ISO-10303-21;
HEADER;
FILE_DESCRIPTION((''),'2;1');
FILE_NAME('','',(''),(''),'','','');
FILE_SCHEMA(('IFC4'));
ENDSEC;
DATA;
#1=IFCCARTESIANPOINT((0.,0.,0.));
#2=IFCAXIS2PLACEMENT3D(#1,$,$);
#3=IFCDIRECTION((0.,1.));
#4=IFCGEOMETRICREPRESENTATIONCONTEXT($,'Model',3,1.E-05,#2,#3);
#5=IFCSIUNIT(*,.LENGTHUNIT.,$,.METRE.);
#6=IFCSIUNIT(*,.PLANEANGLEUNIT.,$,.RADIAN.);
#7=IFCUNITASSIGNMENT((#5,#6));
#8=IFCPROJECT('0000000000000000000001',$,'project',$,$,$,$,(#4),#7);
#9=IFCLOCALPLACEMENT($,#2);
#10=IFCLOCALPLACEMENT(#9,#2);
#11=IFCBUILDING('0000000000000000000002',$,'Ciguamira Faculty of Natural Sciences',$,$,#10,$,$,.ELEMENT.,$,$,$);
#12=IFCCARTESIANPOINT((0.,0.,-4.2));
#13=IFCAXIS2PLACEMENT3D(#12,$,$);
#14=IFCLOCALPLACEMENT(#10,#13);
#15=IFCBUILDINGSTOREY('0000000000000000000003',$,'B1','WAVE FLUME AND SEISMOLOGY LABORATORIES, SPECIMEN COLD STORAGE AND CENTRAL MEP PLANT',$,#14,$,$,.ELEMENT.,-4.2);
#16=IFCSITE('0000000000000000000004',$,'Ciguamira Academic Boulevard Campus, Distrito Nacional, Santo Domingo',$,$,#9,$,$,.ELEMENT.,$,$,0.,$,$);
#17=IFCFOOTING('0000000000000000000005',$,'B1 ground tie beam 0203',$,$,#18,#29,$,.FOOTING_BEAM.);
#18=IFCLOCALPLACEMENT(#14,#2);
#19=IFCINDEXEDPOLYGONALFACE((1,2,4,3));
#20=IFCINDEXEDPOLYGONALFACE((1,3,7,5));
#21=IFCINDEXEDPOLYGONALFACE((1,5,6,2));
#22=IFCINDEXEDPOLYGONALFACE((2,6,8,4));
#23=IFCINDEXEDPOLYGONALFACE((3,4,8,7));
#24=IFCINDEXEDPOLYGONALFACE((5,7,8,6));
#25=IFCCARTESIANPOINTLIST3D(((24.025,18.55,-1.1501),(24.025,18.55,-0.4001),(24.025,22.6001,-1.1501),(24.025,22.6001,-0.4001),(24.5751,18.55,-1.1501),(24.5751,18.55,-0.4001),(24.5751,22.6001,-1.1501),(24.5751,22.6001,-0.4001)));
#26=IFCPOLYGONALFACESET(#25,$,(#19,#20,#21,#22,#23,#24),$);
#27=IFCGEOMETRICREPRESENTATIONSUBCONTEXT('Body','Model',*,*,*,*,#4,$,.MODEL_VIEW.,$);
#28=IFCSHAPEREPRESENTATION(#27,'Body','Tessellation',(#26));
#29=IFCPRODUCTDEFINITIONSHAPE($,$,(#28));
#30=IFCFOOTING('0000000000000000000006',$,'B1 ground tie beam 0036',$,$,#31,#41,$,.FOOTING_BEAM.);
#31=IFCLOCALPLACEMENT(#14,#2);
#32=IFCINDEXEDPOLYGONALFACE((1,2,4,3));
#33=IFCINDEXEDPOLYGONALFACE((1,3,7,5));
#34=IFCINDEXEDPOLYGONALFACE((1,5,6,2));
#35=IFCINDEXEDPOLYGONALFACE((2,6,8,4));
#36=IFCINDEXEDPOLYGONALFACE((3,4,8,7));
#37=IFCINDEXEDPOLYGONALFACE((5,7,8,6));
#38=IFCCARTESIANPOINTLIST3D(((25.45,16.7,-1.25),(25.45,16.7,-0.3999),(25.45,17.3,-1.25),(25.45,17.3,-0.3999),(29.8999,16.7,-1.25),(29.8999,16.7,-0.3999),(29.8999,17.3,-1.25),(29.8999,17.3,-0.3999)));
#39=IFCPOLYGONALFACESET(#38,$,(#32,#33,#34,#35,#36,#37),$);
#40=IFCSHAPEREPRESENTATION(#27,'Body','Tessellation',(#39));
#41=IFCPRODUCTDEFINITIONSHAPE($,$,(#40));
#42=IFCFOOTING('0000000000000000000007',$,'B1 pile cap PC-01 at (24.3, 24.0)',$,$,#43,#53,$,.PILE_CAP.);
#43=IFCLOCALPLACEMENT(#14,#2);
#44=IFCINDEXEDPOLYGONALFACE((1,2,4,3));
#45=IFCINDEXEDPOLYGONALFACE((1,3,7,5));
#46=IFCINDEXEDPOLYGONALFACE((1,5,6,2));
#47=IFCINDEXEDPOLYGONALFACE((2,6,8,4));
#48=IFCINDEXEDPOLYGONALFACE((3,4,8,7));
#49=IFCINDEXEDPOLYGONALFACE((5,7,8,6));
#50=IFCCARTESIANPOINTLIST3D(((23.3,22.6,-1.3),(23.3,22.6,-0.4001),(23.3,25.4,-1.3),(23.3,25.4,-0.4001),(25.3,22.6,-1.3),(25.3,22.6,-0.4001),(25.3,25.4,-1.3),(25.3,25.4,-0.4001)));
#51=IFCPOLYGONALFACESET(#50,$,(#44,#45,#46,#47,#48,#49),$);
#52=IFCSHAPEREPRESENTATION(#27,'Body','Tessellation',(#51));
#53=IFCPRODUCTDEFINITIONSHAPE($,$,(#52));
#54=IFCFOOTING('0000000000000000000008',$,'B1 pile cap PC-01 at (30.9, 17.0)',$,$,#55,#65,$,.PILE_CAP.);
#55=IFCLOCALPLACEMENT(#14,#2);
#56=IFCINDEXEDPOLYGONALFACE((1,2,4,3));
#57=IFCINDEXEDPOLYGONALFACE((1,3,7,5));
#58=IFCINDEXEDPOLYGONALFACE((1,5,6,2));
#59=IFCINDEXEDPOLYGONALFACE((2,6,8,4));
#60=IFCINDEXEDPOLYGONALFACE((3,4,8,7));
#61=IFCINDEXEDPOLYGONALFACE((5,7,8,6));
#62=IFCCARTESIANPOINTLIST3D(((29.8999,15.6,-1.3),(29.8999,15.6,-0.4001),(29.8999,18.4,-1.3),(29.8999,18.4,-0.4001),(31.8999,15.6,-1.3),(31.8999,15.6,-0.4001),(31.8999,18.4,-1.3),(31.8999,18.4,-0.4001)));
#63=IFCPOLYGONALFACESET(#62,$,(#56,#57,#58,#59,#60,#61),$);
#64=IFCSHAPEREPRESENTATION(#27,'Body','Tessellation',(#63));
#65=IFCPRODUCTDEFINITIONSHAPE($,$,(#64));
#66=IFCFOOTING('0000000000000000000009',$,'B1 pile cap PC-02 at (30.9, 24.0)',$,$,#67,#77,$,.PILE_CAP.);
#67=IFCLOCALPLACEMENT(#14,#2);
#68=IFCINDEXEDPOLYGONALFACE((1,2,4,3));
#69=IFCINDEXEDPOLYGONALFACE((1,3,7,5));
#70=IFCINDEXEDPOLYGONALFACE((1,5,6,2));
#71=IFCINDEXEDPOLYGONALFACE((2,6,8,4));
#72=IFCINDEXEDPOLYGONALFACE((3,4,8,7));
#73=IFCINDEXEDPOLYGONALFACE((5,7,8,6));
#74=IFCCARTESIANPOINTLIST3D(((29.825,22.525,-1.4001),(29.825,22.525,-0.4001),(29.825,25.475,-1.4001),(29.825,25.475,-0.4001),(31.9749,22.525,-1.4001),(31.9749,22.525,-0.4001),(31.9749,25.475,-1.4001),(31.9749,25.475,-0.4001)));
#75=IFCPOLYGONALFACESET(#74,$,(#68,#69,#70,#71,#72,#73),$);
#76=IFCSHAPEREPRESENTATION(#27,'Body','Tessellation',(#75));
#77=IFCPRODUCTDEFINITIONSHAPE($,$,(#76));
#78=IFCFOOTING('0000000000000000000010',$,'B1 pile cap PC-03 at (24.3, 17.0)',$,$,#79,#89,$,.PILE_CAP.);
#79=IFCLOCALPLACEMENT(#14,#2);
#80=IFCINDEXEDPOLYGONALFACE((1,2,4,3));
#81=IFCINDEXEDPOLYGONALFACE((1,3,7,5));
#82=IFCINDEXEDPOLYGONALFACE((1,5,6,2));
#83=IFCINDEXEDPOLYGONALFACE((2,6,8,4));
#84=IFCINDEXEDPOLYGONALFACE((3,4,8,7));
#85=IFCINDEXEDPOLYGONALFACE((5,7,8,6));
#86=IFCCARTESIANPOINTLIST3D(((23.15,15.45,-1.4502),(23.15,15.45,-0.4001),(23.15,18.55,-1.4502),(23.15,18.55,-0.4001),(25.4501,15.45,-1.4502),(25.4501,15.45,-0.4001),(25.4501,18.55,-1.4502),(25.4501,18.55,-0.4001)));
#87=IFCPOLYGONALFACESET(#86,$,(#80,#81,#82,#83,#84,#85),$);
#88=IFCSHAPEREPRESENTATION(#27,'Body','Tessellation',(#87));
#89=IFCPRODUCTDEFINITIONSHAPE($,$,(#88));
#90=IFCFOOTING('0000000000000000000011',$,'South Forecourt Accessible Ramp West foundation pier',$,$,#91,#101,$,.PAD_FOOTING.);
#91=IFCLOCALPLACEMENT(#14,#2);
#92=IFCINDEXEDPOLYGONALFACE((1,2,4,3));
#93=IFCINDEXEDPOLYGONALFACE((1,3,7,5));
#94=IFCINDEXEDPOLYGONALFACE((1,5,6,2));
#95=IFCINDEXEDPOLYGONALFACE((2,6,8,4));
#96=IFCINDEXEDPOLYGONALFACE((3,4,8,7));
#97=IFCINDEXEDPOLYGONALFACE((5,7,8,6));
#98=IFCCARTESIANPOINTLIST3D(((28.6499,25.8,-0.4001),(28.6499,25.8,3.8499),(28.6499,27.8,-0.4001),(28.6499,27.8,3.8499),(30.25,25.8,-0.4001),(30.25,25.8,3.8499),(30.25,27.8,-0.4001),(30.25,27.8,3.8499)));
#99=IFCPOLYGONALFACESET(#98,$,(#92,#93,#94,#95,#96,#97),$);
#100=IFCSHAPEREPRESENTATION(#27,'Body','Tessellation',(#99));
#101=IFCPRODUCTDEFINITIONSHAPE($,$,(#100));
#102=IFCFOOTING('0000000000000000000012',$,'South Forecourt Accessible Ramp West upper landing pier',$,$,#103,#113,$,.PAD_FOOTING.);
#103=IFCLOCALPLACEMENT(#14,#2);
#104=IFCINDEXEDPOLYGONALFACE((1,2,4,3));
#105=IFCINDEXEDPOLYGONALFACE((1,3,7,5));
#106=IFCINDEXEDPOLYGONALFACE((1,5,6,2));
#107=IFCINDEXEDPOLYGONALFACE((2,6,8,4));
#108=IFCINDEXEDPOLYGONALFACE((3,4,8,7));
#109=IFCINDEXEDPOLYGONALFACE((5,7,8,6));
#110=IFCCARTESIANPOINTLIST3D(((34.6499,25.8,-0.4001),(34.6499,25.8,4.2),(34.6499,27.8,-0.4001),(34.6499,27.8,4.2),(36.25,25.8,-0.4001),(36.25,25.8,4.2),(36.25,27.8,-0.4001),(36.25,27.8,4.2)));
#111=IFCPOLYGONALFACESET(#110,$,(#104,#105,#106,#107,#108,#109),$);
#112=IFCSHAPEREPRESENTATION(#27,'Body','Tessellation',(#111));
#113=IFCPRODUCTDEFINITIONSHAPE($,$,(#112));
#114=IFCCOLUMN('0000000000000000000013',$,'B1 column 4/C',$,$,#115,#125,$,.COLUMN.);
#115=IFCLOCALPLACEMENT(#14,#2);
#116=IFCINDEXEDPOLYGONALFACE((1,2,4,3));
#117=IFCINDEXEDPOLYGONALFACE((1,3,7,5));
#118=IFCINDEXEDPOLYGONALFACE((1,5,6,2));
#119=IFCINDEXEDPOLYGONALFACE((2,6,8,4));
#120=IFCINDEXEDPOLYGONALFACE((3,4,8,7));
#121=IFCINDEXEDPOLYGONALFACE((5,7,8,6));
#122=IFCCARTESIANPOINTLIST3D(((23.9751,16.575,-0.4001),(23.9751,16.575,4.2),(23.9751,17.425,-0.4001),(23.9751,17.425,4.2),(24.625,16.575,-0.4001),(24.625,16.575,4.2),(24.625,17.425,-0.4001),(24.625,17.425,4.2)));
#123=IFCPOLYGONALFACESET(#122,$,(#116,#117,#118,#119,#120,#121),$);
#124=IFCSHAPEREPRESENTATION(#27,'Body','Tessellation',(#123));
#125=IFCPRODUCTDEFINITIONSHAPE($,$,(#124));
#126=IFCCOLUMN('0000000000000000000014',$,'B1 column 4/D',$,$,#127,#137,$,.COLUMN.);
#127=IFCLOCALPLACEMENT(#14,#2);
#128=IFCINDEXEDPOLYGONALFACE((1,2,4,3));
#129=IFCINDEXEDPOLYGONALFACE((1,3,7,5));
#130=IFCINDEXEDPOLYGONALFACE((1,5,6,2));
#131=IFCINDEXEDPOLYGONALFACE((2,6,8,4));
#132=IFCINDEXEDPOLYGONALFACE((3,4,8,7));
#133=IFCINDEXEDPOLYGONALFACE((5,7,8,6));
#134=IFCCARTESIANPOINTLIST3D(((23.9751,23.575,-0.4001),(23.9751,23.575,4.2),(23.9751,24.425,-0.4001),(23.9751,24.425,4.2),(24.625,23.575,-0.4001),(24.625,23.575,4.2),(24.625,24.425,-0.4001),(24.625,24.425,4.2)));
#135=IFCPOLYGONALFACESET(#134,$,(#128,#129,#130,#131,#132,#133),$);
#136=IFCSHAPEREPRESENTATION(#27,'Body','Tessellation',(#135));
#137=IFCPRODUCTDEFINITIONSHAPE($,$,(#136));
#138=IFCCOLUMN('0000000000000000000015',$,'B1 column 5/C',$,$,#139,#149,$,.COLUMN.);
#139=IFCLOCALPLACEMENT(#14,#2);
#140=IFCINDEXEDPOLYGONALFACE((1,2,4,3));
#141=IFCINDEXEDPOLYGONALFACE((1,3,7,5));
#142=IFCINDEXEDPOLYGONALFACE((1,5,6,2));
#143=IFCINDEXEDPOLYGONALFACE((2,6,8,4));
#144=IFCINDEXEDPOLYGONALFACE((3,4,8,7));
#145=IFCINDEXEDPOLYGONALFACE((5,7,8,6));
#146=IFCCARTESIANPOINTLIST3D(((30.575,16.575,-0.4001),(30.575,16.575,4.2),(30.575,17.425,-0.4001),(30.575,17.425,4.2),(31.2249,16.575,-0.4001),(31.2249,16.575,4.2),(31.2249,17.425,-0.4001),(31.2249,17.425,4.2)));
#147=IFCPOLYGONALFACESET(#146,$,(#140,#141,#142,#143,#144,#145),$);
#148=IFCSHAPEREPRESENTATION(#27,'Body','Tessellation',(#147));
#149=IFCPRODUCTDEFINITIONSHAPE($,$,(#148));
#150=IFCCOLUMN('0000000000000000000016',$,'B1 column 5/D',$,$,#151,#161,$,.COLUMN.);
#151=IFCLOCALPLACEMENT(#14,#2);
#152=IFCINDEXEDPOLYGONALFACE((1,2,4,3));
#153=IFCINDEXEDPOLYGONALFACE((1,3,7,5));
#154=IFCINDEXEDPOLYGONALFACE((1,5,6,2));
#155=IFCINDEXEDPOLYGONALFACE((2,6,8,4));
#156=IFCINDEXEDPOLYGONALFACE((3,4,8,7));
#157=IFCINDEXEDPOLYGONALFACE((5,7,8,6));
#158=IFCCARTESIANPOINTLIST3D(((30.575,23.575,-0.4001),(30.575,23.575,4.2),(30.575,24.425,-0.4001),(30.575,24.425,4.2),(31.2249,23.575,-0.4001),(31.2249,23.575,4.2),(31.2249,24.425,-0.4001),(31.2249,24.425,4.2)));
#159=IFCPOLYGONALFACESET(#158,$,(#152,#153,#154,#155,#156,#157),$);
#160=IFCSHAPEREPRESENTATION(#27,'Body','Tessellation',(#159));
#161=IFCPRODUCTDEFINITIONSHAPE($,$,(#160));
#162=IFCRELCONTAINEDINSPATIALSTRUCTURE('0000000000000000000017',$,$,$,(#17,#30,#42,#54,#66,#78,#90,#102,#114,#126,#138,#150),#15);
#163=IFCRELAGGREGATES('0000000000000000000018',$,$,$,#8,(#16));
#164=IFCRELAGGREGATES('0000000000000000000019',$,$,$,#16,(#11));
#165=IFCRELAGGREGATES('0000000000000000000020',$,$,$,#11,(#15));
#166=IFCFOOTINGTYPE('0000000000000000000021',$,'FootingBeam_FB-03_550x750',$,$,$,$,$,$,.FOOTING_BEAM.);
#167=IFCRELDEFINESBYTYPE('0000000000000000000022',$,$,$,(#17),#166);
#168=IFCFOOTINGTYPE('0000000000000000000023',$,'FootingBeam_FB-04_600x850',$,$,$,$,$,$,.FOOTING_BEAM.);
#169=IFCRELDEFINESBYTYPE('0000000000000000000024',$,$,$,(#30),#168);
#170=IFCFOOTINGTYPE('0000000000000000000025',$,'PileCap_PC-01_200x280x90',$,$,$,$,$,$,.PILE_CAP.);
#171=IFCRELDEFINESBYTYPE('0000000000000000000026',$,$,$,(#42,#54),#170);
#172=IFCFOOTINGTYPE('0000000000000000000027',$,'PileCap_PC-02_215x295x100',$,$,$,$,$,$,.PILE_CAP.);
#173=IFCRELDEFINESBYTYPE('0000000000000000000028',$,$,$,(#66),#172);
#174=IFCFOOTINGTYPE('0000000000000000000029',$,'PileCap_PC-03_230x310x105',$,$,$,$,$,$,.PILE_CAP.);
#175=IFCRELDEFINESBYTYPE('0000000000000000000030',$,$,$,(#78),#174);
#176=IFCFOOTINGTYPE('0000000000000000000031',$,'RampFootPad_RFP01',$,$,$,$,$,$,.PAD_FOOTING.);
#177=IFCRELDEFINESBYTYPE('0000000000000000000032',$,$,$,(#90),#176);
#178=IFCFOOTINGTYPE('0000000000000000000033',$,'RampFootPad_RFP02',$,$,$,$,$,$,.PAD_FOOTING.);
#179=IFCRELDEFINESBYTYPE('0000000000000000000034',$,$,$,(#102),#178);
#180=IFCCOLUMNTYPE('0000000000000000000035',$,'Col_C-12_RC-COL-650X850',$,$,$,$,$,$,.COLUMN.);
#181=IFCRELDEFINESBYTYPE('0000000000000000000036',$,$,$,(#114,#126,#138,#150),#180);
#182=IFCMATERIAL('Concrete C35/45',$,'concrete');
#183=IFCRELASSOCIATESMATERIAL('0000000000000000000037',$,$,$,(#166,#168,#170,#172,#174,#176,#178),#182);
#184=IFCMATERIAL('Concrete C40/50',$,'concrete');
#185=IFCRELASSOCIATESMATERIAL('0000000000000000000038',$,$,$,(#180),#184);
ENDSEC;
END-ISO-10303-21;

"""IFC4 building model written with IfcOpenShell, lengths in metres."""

from ifc_helpers import new_model, si_unit, direction, frame, origin, origin_2d, place, context, subcontext, project, spatial, rectangle, extrude, material, material_profile, profile_set, type_object, element, save


model = new_model("IFC4")

# Units and contexts
model_context = context("Model", 3, precision=1e-05, world=origin(), true_north=direction((0.0, 1.0)))
body_context = subcontext(model_context, "Body", "Model", "MODEL_VIEW")
ifc_project = project(units=[si_unit("LENGTHUNIT", "METRE"), si_unit("PLANEANGLEUNIT", "RADIAN")], contexts=[model_context])

# Site, building, storey
site_placement = place(None, origin())
site = spatial("IfcSite", under=ifc_project, at=site_placement, Name="Ciguamira Academic Boulevard Campus, Distrito Nacional, Santo Domingo", CompositionType="ELEMENT", RefElevation=0.0)
building_placement = place(site_placement, origin())
building = spatial("IfcBuilding", under=site, at=building_placement, Name="Ciguamira Faculty of Natural Sciences", CompositionType="ELEMENT")
storey_placement = place(building_placement, frame((0.0, 0.0, -4.2)))
storey = spatial("IfcBuildingStorey", under=building, at=storey_placement, Name="B1", Description="WAVE FLUME AND SEISMOLOGY LABORATORIES, SPECIMEN COLD STORAGE AND CENTRAL MEP PLANT", CompositionType="ELEMENT", Elevation=-4.2)

# Shared definitions
ifc_material_1 = material(Name="Concrete C35/45", Category="concrete")

# Footings
ifc_material_profile_1 = material_profile(ifc_material_1, rectangle(XDim=0.55, YDim=0.75, at=origin_2d()), Name="RC-FB-550X750")
ifc_profile_set_1 = profile_set([ifc_material_profile_1], Name="Concrete C35/45")
footing_type_1 = type_object("IfcFootingType", Name="FootingBeam_FB-03_550x750", PredefinedType="FOOTING_BEAM", material=ifc_profile_set_1)
footing_1_placement = place(storey_placement, frame((24.3, 18.55, -0.7751), z_axis=(0.0, 1.0, 0.0), x_axis=(-1.0, 0.0, 0.0)))
element("IfcFooting", 1, at=footing_1_placement, inside=storey, type_object=footing_type_1, Name="B1 ground tie beam 0203", PredefinedType="FOOTING_BEAM", context=body_context, shape_type="SweptSolid", body=[
    extrude(rectangle(XDim=0.55, YDim=0.75, at=origin_2d()), origin(), (0.0, 0.0, 1.0), 4.05),
])
ifc_material_profile_2 = material_profile(ifc_material_1, rectangle(XDim=0.6001, YDim=0.8501, at=origin_2d()), Name="RC-FB-600X850")
ifc_profile_set_2 = profile_set([ifc_material_profile_2], Name="Concrete C35/45")
footing_type_2 = type_object("IfcFootingType", Name="FootingBeam_FB-04_600x850", PredefinedType="FOOTING_BEAM", material=ifc_profile_set_2)
footing_2_placement = place(storey_placement, frame((25.45, 17.0, -0.825), z_axis=(1.0, 0.0, 0.0), x_axis=(0.0, 1.0, 0.0)))
element("IfcFooting", 2, at=footing_2_placement, inside=storey, type_object=footing_type_2, Name="B1 ground tie beam 0036", PredefinedType="FOOTING_BEAM", context=body_context, shape_type="SweptSolid", body=[
    extrude(rectangle(XDim=0.6001, YDim=0.8501, at=origin_2d()), origin(), (0.0, 0.0, 1.0), 4.45),
])
footing_type_3 = type_object("IfcFootingType", Name="PileCap_PC-01_200x280x90", PredefinedType="PILE_CAP", material=ifc_material_1)
for number, where, z_axis, x_axis, name in (
    (3, (24.3, 24.0, -1.3), (0.0, 0.0, 1.0), (1.0, 0.0, 0.0), "B1 pile cap PC-01 at (24.3, 24.0)"),
    (4, (30.8999, 17.0, -1.3), (0.0, 0.0, 1.0), (1.0, 0.0, 0.0), "B1 pile cap PC-01 at (30.9, 17.0)"),
):
    element("IfcFooting", number, at=place(storey_placement, frame(where, z_axis=z_axis, x_axis=x_axis)), inside=storey, type_object=footing_type_3, Name=name, PredefinedType="PILE_CAP", context=body_context, shape_type="SweptSolid", body=[
        extrude(rectangle(XDim=2.0, YDim=2.8, at=origin_2d()), origin(), (0.0, 0.0, 1.0), 0.8999),
    ])
footing_type_4 = type_object("IfcFootingType", Name="PileCap_PC-02_215x295x100", PredefinedType="PILE_CAP", material=ifc_material_1)
footing_3_placement = place(storey_placement, frame((30.8999, 24.0, -1.4001), z_axis=(0.0, 0.0, 1.0), x_axis=(1.0, 0.0, 0.0)))
element("IfcFooting", 5, at=footing_3_placement, inside=storey, type_object=footing_type_4, Name="B1 pile cap PC-02 at (30.9, 24.0)", PredefinedType="PILE_CAP", context=body_context, shape_type="SweptSolid", body=[
    extrude(rectangle(XDim=2.1499, YDim=2.95, at=origin_2d()), origin(), (0.0, 0.0, 1.0), 1.0),
])
footing_type_5 = type_object("IfcFootingType", Name="PileCap_PC-03_230x310x105", PredefinedType="PILE_CAP", material=ifc_material_1)
footing_4_placement = place(storey_placement, frame((24.3, 17.0, -1.4502), z_axis=(0.0, 0.0, 1.0), x_axis=(1.0, 0.0, 0.0)))
element("IfcFooting", 6, at=footing_4_placement, inside=storey, type_object=footing_type_5, Name="B1 pile cap PC-03 at (24.3, 17.0)", PredefinedType="PILE_CAP", context=body_context, shape_type="SweptSolid", body=[
    extrude(rectangle(XDim=2.3, YDim=3.1001, at=origin_2d()), origin(), (0.0, 0.0, 1.0), 1.05),
])
footing_type_6 = type_object("IfcFootingType", Name="RampFootPad_RFP01", PredefinedType="PAD_FOOTING", material=ifc_material_1)
footing_5_placement = place(storey_placement, frame((29.45, 26.8, -0.4001), z_axis=(0.0, 0.0, 1.0), x_axis=(1.0, 0.0, 0.0)))
element("IfcFooting", 7, at=footing_5_placement, inside=storey, type_object=footing_type_6, Name="South Forecourt Accessible Ramp West foundation pier", PredefinedType="PAD_FOOTING", context=body_context, shape_type="SweptSolid", body=[
    extrude(rectangle(XDim=1.6001, YDim=2.0, at=origin_2d()), origin(), (0.0, 0.0, 1.0), 4.25),
])
footing_type_7 = type_object("IfcFootingType", Name="RampFootPad_RFP02", PredefinedType="PAD_FOOTING", material=ifc_material_1)
footing_6_placement = place(storey_placement, frame((35.45, 26.8, -0.4001), z_axis=(0.0, 0.0, 1.0), x_axis=(1.0, 0.0, 0.0)))
element("IfcFooting", 8, at=footing_6_placement, inside=storey, type_object=footing_type_7, Name="South Forecourt Accessible Ramp West upper landing pier", PredefinedType="PAD_FOOTING", context=body_context, shape_type="SweptSolid", body=[
    extrude(rectangle(XDim=1.6001, YDim=2.0, at=origin_2d()), origin(), (0.0, 0.0, 1.0), 4.6001),
])

# Columns
ifc_material_2 = material(Name="Concrete C40/50", Category="concrete")
ifc_material_profile_3 = material_profile(ifc_material_2, rectangle(XDim=0.6499, YDim=0.8501, at=origin_2d()), Name="RC-COL-650X850")
ifc_profile_set_3 = profile_set([ifc_material_profile_3], Name="Concrete C40/50")
column_type = type_object("IfcColumnType", Name="Col_C-12_RC-COL-650X850", PredefinedType="COLUMN", material=ifc_profile_set_3)
for number, where, z_axis, x_axis, name in (
    (9, (24.3, 17.0, -0.4001), (0.0, 0.0, 1.0), (1.0, 0.0, 0.0), "B1 column 4/C"),
    (10, (24.3, 24.0, -0.4001), (0.0, 0.0, 1.0), (1.0, 0.0, 0.0), "B1 column 4/D"),
    (11, (30.8999, 17.0, -0.4001), (0.0, 0.0, 1.0), (1.0, 0.0, 0.0), "B1 column 5/C"),
    (12, (30.8999, 24.0, -0.4001), (0.0, 0.0, 1.0), (1.0, 0.0, 0.0), "B1 column 5/D"),
):
    element("IfcColumn", number, at=place(storey_placement, frame(where, z_axis=z_axis, x_axis=x_axis)), inside=storey, type_object=column_type, Name=name, PredefinedType="COLUMN", context=body_context, shape_type="SweptSolid", body=[
        extrude(rectangle(XDim=0.6499, YDim=0.8501, at=origin_2d()), origin(), (0.0, 0.0, 1.0), 4.6001),
    ])

save(model, "model.ifc")
